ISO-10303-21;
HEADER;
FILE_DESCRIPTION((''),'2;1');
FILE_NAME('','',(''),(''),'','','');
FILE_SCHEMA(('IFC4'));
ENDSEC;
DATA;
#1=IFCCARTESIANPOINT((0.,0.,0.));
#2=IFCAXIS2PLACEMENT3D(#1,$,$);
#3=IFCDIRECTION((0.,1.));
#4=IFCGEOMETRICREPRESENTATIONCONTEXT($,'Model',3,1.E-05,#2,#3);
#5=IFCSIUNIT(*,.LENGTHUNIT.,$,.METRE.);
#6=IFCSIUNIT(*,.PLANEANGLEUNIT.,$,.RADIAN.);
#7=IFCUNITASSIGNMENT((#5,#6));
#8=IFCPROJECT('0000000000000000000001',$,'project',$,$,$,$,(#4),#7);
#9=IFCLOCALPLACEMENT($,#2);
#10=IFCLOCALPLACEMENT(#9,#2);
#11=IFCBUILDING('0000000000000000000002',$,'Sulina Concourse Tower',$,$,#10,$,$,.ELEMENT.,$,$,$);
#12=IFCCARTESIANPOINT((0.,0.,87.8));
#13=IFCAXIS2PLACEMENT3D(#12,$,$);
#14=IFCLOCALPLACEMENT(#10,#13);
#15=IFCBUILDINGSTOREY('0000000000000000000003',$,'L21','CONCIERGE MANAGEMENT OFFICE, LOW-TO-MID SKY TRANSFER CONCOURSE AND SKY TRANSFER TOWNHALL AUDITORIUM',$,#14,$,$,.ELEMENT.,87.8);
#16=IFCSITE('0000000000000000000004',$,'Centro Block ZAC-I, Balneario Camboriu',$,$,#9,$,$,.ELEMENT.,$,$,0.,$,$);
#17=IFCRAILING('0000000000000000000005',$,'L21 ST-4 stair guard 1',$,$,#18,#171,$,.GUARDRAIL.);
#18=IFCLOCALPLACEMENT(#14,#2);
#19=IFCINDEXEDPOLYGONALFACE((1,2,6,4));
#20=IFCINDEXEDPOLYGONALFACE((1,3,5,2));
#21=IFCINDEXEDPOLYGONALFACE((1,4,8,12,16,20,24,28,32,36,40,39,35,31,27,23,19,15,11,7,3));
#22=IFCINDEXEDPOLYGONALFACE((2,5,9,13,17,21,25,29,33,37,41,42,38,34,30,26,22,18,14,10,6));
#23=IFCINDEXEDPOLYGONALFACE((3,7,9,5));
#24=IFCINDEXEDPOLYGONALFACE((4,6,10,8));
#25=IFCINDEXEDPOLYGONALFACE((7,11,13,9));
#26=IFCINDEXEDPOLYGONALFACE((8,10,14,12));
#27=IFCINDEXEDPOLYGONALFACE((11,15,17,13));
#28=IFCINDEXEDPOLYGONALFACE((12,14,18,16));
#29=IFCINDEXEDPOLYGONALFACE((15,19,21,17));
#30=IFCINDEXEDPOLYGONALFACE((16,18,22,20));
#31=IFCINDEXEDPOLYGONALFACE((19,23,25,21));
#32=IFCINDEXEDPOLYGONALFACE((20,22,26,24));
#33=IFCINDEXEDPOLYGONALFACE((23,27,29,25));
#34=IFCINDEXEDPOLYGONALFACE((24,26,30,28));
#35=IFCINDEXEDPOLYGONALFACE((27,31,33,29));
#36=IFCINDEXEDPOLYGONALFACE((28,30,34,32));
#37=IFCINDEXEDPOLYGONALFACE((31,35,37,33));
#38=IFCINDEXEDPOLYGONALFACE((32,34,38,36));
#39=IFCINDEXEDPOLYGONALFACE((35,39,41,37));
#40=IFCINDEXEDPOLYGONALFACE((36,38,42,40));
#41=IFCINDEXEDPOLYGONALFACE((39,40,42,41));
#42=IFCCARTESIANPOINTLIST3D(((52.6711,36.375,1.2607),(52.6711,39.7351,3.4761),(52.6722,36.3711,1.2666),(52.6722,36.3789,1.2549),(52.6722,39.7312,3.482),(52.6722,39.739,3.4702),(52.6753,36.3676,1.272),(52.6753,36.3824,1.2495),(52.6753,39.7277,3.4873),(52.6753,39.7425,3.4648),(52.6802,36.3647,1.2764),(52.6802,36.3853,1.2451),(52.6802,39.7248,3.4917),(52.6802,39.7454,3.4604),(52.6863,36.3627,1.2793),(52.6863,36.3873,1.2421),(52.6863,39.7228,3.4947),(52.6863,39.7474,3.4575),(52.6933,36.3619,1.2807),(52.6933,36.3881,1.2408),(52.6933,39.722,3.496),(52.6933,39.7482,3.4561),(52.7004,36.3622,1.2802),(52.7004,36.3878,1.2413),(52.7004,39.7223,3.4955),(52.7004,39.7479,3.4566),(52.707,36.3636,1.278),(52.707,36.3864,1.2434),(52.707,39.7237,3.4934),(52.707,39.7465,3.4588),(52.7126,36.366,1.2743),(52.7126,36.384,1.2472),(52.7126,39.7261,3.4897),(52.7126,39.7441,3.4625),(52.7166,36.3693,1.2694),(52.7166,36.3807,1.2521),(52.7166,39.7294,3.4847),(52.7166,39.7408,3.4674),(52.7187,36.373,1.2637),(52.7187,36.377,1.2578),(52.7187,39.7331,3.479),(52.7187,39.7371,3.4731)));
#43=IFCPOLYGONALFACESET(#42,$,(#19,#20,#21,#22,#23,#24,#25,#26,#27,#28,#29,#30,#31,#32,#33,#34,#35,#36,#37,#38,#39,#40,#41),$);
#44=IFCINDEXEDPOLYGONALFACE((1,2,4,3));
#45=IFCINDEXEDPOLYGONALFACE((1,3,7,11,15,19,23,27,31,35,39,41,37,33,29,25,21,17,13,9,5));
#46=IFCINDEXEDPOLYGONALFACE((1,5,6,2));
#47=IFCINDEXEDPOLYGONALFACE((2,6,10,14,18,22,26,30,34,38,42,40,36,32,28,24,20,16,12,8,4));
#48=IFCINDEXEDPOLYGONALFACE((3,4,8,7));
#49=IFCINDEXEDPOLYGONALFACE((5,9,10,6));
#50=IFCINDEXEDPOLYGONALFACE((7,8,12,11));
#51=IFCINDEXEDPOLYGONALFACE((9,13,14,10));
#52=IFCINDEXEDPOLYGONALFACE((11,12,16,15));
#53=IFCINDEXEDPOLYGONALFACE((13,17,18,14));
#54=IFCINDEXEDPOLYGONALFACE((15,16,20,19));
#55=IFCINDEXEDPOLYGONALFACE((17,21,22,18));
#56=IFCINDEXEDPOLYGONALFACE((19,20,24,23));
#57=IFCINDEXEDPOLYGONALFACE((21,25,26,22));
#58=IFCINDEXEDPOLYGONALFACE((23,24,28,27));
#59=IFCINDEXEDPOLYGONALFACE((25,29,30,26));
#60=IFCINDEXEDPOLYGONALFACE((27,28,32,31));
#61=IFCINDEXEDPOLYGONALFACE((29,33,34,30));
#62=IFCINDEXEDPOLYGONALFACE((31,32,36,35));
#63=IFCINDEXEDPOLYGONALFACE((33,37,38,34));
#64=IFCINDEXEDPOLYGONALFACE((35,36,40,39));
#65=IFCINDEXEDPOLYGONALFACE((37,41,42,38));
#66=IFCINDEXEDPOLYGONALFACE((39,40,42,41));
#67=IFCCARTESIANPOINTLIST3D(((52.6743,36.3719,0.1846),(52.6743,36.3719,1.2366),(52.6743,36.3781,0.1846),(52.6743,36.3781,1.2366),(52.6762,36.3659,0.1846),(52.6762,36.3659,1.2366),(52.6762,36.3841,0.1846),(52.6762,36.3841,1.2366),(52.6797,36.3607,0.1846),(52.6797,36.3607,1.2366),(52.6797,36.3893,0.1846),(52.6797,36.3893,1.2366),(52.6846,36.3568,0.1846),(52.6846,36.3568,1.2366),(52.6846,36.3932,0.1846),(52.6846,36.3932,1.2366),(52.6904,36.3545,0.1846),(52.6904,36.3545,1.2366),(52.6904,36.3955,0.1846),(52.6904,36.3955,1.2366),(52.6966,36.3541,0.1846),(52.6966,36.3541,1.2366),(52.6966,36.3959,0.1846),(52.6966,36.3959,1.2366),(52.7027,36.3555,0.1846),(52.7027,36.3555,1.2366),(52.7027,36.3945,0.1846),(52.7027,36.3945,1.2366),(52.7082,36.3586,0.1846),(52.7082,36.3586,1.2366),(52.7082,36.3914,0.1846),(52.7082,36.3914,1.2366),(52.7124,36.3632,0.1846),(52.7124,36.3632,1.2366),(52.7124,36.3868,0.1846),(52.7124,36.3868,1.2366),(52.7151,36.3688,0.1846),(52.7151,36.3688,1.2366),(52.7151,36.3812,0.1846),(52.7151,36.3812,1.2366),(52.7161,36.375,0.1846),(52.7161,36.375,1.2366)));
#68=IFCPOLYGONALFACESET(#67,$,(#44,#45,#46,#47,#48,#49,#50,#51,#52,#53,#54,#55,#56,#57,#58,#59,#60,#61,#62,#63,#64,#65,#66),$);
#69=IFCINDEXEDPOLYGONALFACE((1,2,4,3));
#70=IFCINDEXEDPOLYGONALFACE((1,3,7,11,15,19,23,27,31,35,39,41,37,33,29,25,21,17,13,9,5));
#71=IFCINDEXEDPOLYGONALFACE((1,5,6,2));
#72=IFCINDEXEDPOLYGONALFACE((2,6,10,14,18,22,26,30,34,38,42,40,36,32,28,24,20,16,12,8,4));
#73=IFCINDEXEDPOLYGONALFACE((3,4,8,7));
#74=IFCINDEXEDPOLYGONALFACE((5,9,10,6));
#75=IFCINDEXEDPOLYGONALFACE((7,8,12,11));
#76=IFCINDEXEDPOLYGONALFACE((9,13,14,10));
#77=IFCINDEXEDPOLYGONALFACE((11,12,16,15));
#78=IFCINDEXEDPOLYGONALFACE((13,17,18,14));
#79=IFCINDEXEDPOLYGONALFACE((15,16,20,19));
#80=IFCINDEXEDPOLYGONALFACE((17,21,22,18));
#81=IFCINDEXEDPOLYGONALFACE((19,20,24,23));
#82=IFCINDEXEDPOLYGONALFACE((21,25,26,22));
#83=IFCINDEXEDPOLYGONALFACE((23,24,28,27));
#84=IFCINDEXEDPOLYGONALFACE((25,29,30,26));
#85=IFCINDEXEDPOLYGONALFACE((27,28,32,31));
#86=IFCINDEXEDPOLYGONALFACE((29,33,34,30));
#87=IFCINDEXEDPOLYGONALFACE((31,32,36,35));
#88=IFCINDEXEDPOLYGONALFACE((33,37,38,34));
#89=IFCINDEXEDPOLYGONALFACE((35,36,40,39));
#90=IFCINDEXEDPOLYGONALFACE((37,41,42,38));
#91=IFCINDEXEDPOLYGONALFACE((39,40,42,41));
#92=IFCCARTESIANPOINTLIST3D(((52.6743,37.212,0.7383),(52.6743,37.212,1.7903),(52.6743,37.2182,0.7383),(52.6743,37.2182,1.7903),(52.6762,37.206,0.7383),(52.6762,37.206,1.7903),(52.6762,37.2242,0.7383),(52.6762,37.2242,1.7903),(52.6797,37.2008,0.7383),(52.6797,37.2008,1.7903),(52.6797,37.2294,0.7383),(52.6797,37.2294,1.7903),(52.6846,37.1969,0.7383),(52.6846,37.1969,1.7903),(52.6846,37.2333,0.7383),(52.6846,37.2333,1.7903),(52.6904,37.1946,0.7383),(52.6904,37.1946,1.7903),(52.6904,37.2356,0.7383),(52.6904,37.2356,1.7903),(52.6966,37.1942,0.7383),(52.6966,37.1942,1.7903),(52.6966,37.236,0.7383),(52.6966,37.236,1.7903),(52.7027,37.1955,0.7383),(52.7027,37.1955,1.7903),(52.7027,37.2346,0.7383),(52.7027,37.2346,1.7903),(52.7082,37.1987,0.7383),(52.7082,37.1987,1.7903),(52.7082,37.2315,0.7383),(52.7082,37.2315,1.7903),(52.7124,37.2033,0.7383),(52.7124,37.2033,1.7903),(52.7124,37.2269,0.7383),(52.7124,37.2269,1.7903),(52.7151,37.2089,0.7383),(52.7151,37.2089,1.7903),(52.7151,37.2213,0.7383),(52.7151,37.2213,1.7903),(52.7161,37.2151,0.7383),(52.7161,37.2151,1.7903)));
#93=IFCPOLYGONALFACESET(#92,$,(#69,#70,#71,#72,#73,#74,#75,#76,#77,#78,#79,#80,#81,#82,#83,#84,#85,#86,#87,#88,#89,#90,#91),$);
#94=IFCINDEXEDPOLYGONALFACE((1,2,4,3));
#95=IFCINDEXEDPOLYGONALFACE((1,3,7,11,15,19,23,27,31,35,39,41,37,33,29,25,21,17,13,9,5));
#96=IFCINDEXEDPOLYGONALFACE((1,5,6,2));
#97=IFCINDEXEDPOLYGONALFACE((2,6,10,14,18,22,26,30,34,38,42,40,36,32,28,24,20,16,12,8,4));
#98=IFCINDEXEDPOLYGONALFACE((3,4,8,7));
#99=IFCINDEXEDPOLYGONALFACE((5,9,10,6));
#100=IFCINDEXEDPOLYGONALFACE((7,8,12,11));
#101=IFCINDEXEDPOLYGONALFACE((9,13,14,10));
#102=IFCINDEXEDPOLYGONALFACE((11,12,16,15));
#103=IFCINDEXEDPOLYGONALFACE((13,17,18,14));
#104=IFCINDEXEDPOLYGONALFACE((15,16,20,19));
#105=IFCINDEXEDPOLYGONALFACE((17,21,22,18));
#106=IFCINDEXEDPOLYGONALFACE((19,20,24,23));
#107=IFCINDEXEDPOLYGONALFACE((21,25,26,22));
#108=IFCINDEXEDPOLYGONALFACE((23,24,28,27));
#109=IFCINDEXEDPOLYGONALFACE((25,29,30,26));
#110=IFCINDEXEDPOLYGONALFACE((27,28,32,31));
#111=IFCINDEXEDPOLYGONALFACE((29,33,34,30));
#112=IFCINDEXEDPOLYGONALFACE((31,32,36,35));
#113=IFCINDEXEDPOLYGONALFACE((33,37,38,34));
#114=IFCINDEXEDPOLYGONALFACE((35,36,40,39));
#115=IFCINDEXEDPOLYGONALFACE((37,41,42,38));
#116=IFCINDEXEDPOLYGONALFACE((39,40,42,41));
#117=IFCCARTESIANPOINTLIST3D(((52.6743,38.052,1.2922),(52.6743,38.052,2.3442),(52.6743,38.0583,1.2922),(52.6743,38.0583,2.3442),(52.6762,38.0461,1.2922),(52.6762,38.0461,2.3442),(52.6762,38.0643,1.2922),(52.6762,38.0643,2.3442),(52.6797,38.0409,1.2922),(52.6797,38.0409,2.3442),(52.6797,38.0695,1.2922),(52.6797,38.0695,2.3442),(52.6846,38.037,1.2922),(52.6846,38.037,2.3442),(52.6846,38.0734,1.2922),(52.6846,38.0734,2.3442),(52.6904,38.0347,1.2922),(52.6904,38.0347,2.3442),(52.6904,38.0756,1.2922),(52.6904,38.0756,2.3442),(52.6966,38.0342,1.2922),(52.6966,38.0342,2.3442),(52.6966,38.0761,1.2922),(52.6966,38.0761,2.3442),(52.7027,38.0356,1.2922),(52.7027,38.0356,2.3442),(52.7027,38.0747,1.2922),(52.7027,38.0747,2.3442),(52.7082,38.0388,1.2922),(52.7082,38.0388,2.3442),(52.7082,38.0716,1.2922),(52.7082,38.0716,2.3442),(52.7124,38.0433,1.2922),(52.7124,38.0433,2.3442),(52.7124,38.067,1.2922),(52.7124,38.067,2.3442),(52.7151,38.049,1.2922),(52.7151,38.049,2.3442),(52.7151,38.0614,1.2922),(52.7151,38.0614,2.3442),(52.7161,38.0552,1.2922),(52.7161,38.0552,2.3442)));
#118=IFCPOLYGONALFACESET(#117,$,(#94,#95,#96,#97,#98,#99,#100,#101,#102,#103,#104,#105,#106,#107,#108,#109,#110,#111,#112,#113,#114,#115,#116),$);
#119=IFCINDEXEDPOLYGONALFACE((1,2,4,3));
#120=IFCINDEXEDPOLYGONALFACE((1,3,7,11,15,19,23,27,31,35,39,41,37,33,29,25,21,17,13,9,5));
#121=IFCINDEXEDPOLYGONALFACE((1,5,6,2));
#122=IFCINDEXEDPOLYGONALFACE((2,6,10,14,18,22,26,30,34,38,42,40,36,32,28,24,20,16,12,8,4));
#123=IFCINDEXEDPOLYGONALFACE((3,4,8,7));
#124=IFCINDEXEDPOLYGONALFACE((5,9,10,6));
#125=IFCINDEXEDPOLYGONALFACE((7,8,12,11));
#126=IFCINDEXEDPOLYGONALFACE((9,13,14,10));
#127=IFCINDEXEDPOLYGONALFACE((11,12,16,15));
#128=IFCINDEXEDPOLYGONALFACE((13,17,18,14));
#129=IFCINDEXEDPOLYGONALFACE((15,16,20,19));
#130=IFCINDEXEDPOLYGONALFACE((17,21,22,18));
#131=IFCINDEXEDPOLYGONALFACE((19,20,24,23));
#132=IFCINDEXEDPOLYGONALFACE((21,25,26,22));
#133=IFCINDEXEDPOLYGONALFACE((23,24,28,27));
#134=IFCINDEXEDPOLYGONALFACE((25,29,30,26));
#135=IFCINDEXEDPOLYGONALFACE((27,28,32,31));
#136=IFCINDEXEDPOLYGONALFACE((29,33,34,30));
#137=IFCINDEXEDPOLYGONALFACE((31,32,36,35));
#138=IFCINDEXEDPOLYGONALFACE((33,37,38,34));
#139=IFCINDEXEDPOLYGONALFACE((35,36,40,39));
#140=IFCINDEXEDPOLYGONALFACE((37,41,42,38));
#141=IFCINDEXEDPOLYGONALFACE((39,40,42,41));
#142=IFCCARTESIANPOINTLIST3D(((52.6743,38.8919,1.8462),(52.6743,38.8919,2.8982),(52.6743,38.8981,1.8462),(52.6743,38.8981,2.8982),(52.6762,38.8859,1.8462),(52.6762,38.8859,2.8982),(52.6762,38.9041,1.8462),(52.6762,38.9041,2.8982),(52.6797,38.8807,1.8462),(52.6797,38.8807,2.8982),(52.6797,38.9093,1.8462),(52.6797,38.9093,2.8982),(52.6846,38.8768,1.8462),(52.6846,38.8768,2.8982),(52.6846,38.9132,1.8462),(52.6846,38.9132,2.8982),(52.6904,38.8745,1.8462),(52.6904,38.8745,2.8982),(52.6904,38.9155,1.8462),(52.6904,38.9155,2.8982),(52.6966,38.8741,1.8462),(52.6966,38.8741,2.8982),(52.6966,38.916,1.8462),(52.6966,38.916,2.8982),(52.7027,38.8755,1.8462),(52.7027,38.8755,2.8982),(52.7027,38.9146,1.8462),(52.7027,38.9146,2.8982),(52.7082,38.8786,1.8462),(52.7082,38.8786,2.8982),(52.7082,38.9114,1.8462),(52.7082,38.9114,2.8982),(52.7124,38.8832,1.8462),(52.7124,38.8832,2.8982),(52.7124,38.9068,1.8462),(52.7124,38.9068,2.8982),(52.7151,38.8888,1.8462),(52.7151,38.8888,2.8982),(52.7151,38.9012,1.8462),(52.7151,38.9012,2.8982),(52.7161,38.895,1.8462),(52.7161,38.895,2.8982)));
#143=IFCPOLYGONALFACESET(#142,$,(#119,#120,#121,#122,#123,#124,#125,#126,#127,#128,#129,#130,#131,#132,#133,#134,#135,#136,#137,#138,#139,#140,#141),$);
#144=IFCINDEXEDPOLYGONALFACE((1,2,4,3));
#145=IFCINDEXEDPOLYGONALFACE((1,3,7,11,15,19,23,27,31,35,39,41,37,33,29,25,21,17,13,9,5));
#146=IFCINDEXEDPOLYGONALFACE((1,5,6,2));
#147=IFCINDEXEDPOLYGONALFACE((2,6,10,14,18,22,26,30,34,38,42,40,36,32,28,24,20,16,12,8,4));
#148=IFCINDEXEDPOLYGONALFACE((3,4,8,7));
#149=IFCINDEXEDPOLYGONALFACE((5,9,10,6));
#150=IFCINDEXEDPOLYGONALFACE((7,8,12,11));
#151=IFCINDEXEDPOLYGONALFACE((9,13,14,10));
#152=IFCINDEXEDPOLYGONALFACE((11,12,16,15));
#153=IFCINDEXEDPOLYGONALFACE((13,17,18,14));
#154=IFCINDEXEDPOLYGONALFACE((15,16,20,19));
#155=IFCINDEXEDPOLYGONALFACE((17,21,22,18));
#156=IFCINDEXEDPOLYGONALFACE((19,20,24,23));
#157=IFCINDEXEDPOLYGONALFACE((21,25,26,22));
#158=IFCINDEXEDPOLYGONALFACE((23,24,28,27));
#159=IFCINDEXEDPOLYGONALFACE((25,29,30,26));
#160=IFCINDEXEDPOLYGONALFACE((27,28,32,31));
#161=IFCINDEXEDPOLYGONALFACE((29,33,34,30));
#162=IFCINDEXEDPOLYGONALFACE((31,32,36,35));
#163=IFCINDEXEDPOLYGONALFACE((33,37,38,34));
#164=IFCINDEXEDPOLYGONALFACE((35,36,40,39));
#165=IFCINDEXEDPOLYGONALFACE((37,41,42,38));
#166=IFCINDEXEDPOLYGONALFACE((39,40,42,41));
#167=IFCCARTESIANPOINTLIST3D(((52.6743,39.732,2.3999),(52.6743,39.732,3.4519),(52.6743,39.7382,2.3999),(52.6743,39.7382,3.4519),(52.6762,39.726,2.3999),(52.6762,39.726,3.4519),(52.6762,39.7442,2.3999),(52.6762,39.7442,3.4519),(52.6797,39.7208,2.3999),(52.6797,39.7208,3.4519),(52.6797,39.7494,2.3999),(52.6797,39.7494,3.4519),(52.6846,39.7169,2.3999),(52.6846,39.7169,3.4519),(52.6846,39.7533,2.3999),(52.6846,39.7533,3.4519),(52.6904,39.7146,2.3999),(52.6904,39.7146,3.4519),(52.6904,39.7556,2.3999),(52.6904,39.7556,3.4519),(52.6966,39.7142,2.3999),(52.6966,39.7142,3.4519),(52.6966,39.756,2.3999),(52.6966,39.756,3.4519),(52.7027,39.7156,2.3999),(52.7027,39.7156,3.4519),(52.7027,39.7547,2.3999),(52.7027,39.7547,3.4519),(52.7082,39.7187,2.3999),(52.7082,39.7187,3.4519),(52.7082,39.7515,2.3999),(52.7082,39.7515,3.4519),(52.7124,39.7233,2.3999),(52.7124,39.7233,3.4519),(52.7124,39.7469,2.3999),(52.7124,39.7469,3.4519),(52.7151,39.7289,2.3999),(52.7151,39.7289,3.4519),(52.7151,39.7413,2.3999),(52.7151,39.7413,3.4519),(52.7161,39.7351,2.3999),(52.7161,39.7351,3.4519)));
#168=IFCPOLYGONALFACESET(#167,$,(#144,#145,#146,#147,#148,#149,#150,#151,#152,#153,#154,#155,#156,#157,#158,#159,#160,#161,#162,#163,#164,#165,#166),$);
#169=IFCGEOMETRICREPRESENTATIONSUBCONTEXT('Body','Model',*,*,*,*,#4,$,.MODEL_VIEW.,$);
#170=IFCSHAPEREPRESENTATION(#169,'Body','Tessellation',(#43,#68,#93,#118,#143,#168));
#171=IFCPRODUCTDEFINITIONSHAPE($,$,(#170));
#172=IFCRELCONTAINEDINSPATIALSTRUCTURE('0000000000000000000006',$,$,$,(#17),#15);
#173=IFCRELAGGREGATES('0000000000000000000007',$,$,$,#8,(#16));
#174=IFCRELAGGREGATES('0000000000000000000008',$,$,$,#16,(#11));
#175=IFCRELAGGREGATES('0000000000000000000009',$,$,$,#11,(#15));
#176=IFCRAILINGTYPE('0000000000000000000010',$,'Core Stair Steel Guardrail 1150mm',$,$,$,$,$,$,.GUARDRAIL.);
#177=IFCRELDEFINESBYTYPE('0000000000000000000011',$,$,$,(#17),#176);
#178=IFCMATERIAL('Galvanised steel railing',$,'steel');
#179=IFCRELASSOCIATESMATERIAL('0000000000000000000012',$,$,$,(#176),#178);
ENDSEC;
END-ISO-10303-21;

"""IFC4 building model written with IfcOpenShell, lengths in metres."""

from ifc_helpers import new_model, si_unit, direction, frame, origin, origin_2d, place, context, subcontext, project, spatial, circle, extrude, material, type_object, element, save


model = new_model("IFC4")

# Units and contexts
model_context = context("Model", 3, precision=1e-05, world=origin(), true_north=direction((0.0, 1.0)))
body_context = subcontext(model_context, "Body", "Model", "MODEL_VIEW")
ifc_project = project(units=[si_unit("LENGTHUNIT", "METRE"), si_unit("PLANEANGLEUNIT", "RADIAN")], contexts=[model_context])

# Site, building, storey
site_placement = place(None, origin())
site = spatial("IfcSite", under=ifc_project, at=site_placement, Name="Centro Block ZAC-I, Balneario Camboriu", CompositionType="ELEMENT", RefElevation=0.0)
building_placement = place(site_placement, origin())
building = spatial("IfcBuilding", under=site, at=building_placement, Name="Sulina Concourse Tower", CompositionType="ELEMENT")
storey_placement = place(building_placement, frame((0.0, 0.0, 87.8)))
storey = spatial("IfcBuildingStorey", under=building, at=storey_placement, Name="L21", Description="CONCIERGE MANAGEMENT OFFICE, LOW-TO-MID SKY TRANSFER CONCOURSE AND SKY TRANSFER TOWNHALL AUDITORIUM", CompositionType="ELEMENT", Elevation=87.8)

# Railing
ifc_material_1 = material(Name="Galvanised steel railing", Category="steel")
railing_type_1 = type_object("IfcRailingType", Name="Core Stair Steel Guardrail 1150mm", PredefinedType="GUARDRAIL", material=ifc_material_1)
railing_1_placement = place(storey_placement, frame((52.6951, 36.375, 0.1846)))
element("IfcRailing", 1, at=railing_1_placement, inside=storey, type_object=railing_type_1, Name="L21 ST-4 stair guard 1", PredefinedType="GUARDRAIL", context=body_context, shape_type="SweptSolid", body=[
    extrude(circle(Radius=0.0239, at=origin_2d()), frame((0.0, 0.0, 1.0762), z_axis=(0.0, 0.834876, 0.550437), x_axis=(-1.0, 0.0, 0.0)), (0.0, 0.0, 1.0), 4.0247),
    extrude(circle(Radius=0.021, at=origin_2d()), origin(), (0.0, 0.0, 1.0), 1.052),
    extrude(circle(Radius=0.021, at=origin_2d()), frame((0.0, 0.8401, 0.5537)), (0.0, 0.0, 1.0), 1.052),
    extrude(circle(Radius=0.021, at=origin_2d()), frame((0.0, 1.6802, 1.1077)), (0.0, 0.0, 1.0), 1.052),
    extrude(circle(Radius=0.021, at=origin_2d()), frame((0.0, 2.52, 1.6616)), (0.0, 0.0, 1.0), 1.052),
    extrude(circle(Radius=0.021, at=origin_2d()), frame((0.0, 3.3601, 2.2153)), (0.0, 0.0, 1.0), 1.052),
])

save(model, "model.ifc")
